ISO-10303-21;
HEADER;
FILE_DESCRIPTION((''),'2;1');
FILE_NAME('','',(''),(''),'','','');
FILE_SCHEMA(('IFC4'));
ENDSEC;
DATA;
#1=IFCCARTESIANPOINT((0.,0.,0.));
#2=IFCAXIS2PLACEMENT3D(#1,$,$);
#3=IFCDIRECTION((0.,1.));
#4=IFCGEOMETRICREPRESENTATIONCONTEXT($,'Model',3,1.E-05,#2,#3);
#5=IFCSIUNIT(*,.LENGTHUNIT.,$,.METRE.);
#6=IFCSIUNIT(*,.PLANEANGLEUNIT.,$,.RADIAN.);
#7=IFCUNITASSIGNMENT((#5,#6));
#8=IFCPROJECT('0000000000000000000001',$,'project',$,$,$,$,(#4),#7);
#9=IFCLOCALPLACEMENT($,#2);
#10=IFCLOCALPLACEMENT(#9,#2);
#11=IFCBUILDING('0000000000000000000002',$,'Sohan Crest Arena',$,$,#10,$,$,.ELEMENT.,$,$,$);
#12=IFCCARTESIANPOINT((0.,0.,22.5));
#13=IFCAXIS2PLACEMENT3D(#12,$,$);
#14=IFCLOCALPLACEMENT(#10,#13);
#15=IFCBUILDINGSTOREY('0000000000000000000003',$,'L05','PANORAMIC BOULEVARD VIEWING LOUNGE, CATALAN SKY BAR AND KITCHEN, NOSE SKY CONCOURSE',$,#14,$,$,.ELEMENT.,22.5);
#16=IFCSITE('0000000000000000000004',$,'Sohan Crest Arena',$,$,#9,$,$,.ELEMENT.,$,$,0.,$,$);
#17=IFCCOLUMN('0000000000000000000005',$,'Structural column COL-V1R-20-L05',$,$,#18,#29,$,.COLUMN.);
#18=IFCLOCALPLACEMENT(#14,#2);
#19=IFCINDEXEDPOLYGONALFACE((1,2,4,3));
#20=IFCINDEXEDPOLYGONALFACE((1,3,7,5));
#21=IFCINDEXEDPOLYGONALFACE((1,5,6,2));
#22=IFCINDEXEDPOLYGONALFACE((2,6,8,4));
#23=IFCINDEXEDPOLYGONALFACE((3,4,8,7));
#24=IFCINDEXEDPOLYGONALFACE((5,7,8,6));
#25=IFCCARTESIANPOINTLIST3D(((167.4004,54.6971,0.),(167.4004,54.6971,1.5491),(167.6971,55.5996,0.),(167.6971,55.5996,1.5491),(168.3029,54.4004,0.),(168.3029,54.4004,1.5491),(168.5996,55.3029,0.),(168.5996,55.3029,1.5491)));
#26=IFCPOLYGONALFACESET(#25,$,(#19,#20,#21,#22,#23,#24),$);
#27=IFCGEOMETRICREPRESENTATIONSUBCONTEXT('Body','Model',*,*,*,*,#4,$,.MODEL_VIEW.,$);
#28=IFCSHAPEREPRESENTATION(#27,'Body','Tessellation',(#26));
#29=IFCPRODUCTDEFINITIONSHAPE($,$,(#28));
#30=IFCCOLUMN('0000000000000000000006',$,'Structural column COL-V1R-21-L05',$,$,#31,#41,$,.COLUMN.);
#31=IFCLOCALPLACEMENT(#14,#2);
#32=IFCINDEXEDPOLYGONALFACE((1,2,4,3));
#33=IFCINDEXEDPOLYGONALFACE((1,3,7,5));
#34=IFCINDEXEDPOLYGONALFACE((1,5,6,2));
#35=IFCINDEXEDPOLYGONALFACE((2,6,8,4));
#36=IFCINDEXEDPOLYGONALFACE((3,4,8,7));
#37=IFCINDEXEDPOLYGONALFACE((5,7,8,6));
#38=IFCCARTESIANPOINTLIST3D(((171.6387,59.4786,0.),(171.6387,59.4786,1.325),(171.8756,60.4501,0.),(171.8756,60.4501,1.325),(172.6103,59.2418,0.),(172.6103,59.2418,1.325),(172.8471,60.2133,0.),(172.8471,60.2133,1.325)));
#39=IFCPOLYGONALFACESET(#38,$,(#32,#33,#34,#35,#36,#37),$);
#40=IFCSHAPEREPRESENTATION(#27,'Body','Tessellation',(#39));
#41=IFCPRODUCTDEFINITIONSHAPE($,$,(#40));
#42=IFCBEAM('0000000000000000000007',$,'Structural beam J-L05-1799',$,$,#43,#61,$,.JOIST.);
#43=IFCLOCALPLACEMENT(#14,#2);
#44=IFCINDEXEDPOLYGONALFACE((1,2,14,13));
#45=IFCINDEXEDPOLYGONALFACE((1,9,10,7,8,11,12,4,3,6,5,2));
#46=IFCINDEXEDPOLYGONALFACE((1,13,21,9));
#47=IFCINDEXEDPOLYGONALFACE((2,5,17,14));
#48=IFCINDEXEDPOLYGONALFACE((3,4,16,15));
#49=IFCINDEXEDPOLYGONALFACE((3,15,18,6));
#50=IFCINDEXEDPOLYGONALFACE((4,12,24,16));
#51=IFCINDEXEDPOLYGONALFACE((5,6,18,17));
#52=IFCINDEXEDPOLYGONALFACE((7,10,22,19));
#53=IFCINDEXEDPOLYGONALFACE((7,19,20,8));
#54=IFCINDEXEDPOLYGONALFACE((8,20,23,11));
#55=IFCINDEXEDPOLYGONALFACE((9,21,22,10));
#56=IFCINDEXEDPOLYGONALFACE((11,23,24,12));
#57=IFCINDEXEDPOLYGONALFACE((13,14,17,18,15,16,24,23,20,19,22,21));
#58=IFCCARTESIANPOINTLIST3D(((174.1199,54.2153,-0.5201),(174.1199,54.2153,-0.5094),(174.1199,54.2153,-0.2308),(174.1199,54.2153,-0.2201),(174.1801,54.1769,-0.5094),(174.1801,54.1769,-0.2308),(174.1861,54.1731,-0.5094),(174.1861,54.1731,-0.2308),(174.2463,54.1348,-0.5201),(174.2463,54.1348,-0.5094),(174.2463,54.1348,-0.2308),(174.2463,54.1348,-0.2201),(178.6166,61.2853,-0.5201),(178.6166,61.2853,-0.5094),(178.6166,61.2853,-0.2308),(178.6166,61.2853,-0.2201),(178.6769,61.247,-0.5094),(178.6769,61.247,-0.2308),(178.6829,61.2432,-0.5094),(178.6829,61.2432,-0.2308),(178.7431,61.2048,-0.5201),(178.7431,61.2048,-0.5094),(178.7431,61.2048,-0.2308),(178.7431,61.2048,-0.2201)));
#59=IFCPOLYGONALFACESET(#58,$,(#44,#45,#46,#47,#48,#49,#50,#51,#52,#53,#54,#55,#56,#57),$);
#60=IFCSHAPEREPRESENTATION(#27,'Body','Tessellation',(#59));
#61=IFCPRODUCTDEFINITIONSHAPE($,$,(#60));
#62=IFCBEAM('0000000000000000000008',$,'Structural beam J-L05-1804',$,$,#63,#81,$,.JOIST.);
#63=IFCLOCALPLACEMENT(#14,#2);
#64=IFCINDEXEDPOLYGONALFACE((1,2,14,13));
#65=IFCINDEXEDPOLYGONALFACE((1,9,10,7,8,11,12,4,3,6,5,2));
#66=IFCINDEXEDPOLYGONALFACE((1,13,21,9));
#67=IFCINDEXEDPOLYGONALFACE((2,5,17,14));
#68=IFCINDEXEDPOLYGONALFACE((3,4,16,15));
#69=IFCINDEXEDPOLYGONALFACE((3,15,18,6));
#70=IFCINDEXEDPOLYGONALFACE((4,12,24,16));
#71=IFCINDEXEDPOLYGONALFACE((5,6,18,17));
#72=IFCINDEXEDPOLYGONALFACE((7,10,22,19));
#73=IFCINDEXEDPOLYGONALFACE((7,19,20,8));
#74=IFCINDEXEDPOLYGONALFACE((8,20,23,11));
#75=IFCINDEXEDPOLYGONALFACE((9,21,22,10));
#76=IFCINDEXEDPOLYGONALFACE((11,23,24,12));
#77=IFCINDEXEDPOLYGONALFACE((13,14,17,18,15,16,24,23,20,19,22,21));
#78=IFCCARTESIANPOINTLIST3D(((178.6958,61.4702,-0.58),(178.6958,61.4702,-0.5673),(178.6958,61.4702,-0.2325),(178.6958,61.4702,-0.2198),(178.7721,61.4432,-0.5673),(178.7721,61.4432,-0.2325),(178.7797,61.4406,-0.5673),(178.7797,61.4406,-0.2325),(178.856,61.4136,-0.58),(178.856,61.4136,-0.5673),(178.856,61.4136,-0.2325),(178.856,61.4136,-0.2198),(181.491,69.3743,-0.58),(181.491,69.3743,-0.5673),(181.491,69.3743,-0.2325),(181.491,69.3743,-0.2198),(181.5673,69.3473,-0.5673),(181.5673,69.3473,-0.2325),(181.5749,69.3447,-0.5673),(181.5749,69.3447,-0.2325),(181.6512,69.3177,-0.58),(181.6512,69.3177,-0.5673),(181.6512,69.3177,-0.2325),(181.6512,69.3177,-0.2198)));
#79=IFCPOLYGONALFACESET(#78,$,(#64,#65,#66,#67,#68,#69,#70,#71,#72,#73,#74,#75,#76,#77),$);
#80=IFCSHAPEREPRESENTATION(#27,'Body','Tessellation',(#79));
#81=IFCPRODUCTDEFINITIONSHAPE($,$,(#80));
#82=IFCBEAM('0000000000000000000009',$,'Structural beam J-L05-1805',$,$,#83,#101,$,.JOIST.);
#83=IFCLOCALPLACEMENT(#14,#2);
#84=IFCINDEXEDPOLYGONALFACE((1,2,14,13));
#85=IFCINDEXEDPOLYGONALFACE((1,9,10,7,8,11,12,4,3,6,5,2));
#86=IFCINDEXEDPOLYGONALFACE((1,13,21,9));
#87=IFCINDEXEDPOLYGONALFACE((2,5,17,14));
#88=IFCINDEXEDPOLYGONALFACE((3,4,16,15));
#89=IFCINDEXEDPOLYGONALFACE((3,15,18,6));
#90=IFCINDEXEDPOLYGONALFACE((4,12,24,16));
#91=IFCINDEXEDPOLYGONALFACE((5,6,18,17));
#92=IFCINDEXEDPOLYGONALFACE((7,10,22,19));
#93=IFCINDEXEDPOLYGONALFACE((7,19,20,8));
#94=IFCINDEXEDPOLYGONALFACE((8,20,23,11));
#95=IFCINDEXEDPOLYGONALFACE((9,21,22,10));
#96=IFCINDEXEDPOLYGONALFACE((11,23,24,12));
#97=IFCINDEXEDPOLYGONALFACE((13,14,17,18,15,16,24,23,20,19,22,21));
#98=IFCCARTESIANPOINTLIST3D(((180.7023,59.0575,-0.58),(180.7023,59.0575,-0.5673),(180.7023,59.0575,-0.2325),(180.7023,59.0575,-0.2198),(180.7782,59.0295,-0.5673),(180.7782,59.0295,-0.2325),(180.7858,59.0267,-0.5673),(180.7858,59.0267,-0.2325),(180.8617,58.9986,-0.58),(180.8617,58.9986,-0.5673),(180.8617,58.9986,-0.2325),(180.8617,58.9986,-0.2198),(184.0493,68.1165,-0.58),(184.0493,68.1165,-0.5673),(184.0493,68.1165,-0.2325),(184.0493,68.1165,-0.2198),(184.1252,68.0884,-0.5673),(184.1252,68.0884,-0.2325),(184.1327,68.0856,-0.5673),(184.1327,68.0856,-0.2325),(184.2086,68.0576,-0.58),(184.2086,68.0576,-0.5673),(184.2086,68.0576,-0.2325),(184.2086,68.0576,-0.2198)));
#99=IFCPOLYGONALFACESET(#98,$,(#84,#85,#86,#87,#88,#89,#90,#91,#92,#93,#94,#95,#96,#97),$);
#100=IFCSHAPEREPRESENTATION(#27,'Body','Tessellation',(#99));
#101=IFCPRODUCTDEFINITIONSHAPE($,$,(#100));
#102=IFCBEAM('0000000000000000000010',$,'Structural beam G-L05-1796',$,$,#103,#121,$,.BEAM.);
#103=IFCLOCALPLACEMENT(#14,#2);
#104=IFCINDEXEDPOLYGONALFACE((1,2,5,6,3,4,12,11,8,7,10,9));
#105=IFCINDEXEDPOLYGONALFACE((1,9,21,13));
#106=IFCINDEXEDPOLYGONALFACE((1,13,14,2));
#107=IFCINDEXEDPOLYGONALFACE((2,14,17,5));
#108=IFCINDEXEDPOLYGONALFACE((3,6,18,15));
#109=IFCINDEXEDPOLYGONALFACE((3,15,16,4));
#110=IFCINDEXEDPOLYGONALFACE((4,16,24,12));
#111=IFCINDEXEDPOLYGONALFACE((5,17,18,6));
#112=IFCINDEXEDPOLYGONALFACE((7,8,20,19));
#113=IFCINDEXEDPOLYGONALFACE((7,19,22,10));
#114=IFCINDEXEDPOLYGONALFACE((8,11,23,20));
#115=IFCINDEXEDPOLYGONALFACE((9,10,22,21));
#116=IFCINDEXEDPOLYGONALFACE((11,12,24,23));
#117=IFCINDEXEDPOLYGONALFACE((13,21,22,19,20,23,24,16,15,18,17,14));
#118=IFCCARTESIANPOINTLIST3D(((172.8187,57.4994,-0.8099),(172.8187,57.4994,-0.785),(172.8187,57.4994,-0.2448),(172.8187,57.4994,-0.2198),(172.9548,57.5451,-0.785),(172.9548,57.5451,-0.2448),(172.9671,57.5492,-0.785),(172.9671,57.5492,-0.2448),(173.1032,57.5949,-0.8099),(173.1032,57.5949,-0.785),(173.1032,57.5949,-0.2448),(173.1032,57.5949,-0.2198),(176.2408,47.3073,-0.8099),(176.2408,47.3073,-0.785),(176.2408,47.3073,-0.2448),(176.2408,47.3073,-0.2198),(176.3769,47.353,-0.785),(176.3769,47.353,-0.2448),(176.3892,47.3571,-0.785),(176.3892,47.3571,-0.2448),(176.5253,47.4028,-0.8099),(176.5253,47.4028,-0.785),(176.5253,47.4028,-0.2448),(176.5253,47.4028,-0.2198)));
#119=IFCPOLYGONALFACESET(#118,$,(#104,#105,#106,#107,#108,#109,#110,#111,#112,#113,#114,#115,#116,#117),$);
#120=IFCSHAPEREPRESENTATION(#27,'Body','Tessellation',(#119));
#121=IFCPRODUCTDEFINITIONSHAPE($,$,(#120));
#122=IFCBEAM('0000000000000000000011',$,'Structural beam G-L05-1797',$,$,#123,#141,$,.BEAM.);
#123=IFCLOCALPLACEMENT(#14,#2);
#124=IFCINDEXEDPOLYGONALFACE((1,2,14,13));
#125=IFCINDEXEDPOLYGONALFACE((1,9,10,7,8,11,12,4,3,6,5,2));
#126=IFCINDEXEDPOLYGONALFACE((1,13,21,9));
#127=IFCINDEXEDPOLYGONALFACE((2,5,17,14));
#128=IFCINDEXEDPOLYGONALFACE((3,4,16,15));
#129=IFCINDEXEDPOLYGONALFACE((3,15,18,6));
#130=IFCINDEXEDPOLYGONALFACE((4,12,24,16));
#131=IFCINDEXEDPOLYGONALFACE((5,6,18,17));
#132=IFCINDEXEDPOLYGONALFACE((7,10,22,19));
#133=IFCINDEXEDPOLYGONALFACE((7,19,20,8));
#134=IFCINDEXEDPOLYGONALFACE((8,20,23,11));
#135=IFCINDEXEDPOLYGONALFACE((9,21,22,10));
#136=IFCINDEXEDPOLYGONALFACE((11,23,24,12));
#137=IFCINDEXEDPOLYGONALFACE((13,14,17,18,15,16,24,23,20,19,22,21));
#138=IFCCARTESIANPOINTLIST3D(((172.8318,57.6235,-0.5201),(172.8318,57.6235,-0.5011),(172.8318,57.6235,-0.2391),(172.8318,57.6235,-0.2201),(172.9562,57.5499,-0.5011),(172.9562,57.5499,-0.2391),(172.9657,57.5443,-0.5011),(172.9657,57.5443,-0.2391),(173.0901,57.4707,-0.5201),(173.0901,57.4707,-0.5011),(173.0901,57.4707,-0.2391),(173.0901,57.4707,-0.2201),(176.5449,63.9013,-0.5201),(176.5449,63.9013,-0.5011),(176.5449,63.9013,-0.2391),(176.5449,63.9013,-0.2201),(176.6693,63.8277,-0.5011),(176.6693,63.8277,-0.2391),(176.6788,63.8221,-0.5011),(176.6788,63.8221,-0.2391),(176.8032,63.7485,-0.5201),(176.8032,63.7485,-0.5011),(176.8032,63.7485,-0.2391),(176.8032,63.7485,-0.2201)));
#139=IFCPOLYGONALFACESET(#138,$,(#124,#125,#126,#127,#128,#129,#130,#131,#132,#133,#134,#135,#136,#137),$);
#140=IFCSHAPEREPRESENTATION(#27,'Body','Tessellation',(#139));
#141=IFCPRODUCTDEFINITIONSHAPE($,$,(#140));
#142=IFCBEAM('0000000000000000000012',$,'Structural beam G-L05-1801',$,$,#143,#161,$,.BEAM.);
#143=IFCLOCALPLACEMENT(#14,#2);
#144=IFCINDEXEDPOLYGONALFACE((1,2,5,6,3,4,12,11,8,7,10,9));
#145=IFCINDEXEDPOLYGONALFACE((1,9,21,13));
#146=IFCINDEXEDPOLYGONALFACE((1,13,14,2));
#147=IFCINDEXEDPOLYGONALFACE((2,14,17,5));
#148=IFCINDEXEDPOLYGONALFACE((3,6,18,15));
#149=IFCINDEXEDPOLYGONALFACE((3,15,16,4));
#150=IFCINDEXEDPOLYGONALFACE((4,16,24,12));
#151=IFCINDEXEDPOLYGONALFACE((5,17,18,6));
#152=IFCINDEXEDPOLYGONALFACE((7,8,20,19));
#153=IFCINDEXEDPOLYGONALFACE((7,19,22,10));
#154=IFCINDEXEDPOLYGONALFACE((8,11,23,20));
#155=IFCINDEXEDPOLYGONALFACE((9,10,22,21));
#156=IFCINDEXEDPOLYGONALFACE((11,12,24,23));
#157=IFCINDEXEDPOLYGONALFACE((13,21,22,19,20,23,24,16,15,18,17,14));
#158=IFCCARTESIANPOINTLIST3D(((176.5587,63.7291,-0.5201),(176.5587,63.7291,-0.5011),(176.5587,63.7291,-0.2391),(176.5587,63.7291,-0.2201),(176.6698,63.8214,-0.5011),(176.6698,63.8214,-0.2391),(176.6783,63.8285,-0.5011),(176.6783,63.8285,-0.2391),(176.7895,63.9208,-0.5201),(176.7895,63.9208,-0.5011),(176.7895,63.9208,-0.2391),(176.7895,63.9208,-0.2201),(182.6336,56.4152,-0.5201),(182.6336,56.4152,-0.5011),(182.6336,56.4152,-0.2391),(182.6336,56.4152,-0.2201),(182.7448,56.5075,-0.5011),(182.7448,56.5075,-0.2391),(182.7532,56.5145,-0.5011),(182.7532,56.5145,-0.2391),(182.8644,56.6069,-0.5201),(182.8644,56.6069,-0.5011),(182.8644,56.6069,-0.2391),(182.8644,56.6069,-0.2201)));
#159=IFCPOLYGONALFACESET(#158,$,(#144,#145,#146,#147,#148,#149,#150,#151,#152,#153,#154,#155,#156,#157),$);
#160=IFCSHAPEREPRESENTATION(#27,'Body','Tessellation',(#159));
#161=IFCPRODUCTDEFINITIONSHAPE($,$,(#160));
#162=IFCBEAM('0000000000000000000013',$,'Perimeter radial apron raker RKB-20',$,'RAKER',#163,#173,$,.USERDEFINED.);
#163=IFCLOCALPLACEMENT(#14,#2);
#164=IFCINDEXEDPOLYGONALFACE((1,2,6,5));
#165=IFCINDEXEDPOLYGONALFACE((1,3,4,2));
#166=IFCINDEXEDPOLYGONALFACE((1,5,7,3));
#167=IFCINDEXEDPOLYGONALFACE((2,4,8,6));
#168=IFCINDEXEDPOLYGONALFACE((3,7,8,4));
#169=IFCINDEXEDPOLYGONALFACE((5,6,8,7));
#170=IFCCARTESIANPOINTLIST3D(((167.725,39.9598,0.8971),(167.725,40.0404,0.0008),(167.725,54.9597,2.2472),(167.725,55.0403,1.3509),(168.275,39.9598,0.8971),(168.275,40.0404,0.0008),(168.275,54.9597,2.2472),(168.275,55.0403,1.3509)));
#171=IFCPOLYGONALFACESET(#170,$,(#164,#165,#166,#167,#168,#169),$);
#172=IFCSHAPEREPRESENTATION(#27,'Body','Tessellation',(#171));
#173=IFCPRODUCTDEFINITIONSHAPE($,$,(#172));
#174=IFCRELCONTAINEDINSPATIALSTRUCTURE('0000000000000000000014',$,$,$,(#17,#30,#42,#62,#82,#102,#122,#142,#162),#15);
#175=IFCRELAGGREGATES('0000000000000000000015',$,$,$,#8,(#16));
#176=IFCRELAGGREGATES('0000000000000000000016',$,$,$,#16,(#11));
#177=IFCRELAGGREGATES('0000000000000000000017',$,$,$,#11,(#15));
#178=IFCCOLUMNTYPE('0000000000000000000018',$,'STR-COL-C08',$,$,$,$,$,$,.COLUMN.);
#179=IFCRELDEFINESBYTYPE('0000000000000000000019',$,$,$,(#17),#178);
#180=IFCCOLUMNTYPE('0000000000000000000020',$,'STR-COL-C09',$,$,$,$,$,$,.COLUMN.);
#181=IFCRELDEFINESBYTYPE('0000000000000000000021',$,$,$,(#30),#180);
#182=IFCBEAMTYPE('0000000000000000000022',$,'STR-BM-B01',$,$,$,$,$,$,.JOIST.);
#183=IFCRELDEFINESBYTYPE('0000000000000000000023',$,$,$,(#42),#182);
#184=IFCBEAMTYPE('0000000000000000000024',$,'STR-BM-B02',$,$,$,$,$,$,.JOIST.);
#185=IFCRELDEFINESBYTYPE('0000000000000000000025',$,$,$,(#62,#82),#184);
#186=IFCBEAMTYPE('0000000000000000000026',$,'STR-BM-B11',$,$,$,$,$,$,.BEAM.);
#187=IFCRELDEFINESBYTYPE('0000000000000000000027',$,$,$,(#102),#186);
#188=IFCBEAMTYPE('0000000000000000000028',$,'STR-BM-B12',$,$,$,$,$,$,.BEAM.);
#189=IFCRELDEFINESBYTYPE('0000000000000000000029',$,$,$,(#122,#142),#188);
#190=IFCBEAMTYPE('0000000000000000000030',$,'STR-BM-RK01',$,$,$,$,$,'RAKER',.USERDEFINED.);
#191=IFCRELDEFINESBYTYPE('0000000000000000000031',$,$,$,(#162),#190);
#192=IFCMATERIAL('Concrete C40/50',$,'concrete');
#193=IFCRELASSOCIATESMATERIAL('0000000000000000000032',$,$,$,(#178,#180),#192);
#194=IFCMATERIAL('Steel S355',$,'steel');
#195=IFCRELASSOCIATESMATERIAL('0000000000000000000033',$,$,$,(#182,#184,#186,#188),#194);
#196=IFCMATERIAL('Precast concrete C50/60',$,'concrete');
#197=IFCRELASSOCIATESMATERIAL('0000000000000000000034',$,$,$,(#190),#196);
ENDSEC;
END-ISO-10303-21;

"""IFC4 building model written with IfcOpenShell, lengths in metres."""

from ifc_helpers import new_model, si_unit, direction, frame, origin, origin_2d, place, context, subcontext, project, spatial, rectangle, i_section, extrude, material, material_profile, profile_set, type_object, element, save


model = new_model("IFC4")

# Units and contexts
model_context = context("Model", 3, precision=1e-05, world=origin(), true_north=direction((0.0, 1.0)))
body_context = subcontext(model_context, "Body", "Model", "MODEL_VIEW")
ifc_project = project(units=[si_unit("LENGTHUNIT", "METRE"), si_unit("PLANEANGLEUNIT", "RADIAN")], contexts=[model_context])

# Site, building, storey
site_placement = place(None, origin())
site = spatial("IfcSite", under=ifc_project, at=site_placement, Name="Sohan Crest Arena", CompositionType="ELEMENT", RefElevation=0.0)
building_placement = place(site_placement, origin())
building = spatial("IfcBuilding", under=site, at=building_placement, Name="Sohan Crest Arena", CompositionType="ELEMENT")
storey_placement = place(building_placement, frame((0.0, 0.0, 22.5)))
storey = spatial("IfcBuildingStorey", under=building, at=storey_placement, Name="L05", Description="PANORAMIC BOULEVARD VIEWING LOUNGE, CATALAN SKY BAR AND KITCHEN, NOSE SKY CONCOURSE", CompositionType="ELEMENT", Elevation=22.5)

# Columns
ifc_material_1 = material(Name="Concrete C40/50", Category="concrete")
ifc_material_profile_1 = material_profile(ifc_material_1, rectangle(XDim=0.95, YDim=0.95, at=origin_2d()), Name="RC 950x950")
ifc_profile_set_1 = profile_set([ifc_material_profile_1], Name="Concrete C40/50")
column_type_1 = type_object("IfcColumnType", Name="STR-COL-C08", PredefinedType="COLUMN", material=ifc_profile_set_1)
column_1_placement = place(storey_placement, frame((168.0, 55.0, 0.0), z_axis=(0.0, 0.0, 1.0), x_axis=(-0.949972, 0.312335, 0.0)))
element("IfcColumn", 1, at=column_1_placement, inside=storey, type_object=column_type_1, Name="Structural column COL-V1R-20-L05", PredefinedType="COLUMN", context=body_context, shape_type="SweptSolid", body=[
    extrude(rectangle(XDim=0.95, YDim=0.95, at=origin_2d()), origin(), (0.0, 0.0, 1.0), 1.5491),
])
ifc_material_profile_2 = material_profile(ifc_material_1, rectangle(XDim=1.0, YDim=1.0, at=origin_2d()), Name="RC 1000x1000")
ifc_profile_set_2 = profile_set([ifc_material_profile_2], Name="Concrete C40/50")
column_type_2 = type_object("IfcColumnType", Name="STR-COL-C09", PredefinedType="COLUMN", material=ifc_profile_set_2)
column_2_placement = place(storey_placement, frame((172.2429, 59.8459, 0.0), z_axis=(0.0, 0.0, 1.0), x_axis=(-0.971549, 0.236838, 0.0)))
element("IfcColumn", 2, at=column_2_placement, inside=storey, type_object=column_type_2, Name="Structural column COL-V1R-21-L05", PredefinedType="COLUMN", context=body_context, shape_type="SweptSolid", body=[
    extrude(rectangle(XDim=1.0, YDim=1.0, at=origin_2d()), origin(), (0.0, 0.0, 1.0), 1.325),
])

# Beams
ifc_material_2 = material(Name="Steel S355", Category="steel")
ifc_material_profile_3 = material_profile(ifc_material_2, i_section(OverallWidth=0.1499, OverallDepth=0.3, WebThickness=0.0071, FlangeThickness=0.0107, at=origin_2d()), Name="IPE 300")
ifc_profile_set_3 = profile_set([ifc_material_profile_3], Name="Steel S355")
beam_type_1 = type_object("IfcBeamType", Name="STR-BM-B01", PredefinedType="JOIST", material=ifc_profile_set_3)
beam_1_placement = place(storey_placement, frame((174.1831, 54.175, -0.3701), z_axis=(0.536679, 0.843786, 0.0), x_axis=(-0.843786, 0.536679, 0.0)))
element("IfcBeam", 3, at=beam_1_placement, inside=storey, type_object=beam_type_1, Name="Structural beam J-L05-1799", PredefinedType="JOIST", context=body_context, shape_type="SweptSolid", body=[
    extrude(i_section(OverallWidth=0.1499, OverallDepth=0.3, WebThickness=0.0071, FlangeThickness=0.0107, at=origin_2d()), origin(), (0.0, 0.0, 1.0), 8.3789),
])
ifc_material_profile_4 = material_profile(ifc_material_2, i_section(OverallWidth=0.1699, OverallDepth=0.3601, WebThickness=0.0081, FlangeThickness=0.0127, at=origin_2d()), Name="IPE 360")
ifc_profile_set_4 = profile_set([ifc_material_profile_4], Name="Steel S355")
beam_type_2 = type_object("IfcBeamType", Name="STR-BM-B02", PredefinedType="JOIST", material=ifc_profile_set_4)
beam_2_placement = place(storey_placement, frame((178.7759, 61.4419, -0.3999), z_axis=(0.333403, 0.942784, 0.0), x_axis=(-0.942784, 0.333403, 0.0)))
element("IfcBeam", 4, at=beam_2_placement, inside=storey, type_object=beam_type_2, Name="Structural beam J-L05-1804", PredefinedType="JOIST", context=body_context, shape_type="SweptSolid", body=[
    extrude(i_section(OverallWidth=0.1699, OverallDepth=0.3601, WebThickness=0.0081, FlangeThickness=0.0127, at=origin_2d()), origin(), (0.0, 0.0, 1.0), 8.3838),
])
beam_3_placement = place(storey_placement, frame((180.782, 59.0281, -0.3999), z_axis=(0.346567, 0.938025, 0.0), x_axis=(-0.938025, 0.346567, 0.0)))
element("IfcBeam", 5, at=beam_3_placement, inside=storey, type_object=beam_type_2, Name="Structural beam J-L05-1805", PredefinedType="JOIST", context=body_context, shape_type="SweptSolid", body=[
    extrude(i_section(OverallWidth=0.1699, OverallDepth=0.3601, WebThickness=0.0081, FlangeThickness=0.0127, at=origin_2d()), origin(), (0.0, 0.0, 1.0), 9.6575),
])
ifc_material_profile_5 = material_profile(ifc_material_2, i_section(OverallWidth=0.3, OverallDepth=0.5901, WebThickness=0.0129, FlangeThickness=0.0249, at=origin_2d()), Name="HEA 600")
ifc_profile_set_5 = profile_set([ifc_material_profile_5], Name="Steel S355")
beam_type_3 = type_object("IfcBeamType", Name="STR-BM-B11", PredefinedType="BEAM", material=ifc_profile_set_5)
beam_4_placement = place(storey_placement, frame((172.9609, 57.5471, -0.5149), z_axis=(0.318298, -0.947991, 0.0), x_axis=(0.947991, 0.318298, 0.0)))
element("IfcBeam", 6, at=beam_4_placement, inside=storey, type_object=beam_type_3, Name="Structural beam G-L05-1796", PredefinedType="BEAM", context=body_context, shape_type="SweptSolid", body=[
    extrude(i_section(OverallWidth=0.3, OverallDepth=0.5901, WebThickness=0.0129, FlangeThickness=0.0249, at=origin_2d()), origin(), (0.0, 0.0, 1.0), 10.7512),
])
ifc_material_profile_6 = material_profile(ifc_material_2, i_section(OverallWidth=0.3, OverallDepth=0.3, WebThickness=0.011, FlangeThickness=0.019, at=origin_2d()), Name="HEB 300")
ifc_profile_set_6 = profile_set([ifc_material_profile_6], Name="Steel S355")
beam_type_4 = type_object("IfcBeamType", Name="STR-BM-B12", PredefinedType="BEAM", material=ifc_profile_set_6)
beam_5_placement = place(storey_placement, frame((172.9609, 57.5471, -0.3701), z_axis=(0.509086, 0.860716, 0.0), x_axis=(-0.860716, 0.509086, 0.0)))
element("IfcBeam", 7, at=beam_5_placement, inside=storey, type_object=beam_type_4, Name="Structural beam G-L05-1797", PredefinedType="BEAM", context=body_context, shape_type="SweptSolid", body=[
    extrude(i_section(OverallWidth=0.3, OverallDepth=0.3, WebThickness=0.011, FlangeThickness=0.019, at=origin_2d()), origin(), (0.0, 0.0, 1.0), 7.2937),
])
beam_6_placement = place(storey_placement, frame((176.6741, 63.825, -0.3701), z_axis=(0.638941, -0.769256, 0.0), x_axis=(0.769256, 0.638941, 0.0)))
element("IfcBeam", 8, at=beam_6_placement, inside=storey, type_object=beam_type_4, Name="Structural beam G-L05-1801", PredefinedType="BEAM", context=body_context, shape_type="SweptSolid", body=[
    extrude(i_section(OverallWidth=0.3, OverallDepth=0.3, WebThickness=0.011, FlangeThickness=0.019, at=origin_2d()), origin(), (0.0, 0.0, 1.0), 9.5078),
])
ifc_material_3 = material(Name="Precast concrete C50/60", Category="concrete")
ifc_material_profile_7 = material_profile(ifc_material_3, rectangle(XDim=0.55, YDim=0.8999, at=origin_2d()), Name="RAKER 550x900")
ifc_profile_set_7 = profile_set([ifc_material_profile_7], Name="Precast concrete C50/60")
beam_type_5 = type_object("IfcBeamType", Name="STR-BM-RK01", ElementType="RAKER", PredefinedType="USERDEFINED", material=ifc_profile_set_7)
beam_7_placement = place(storey_placement, frame((168.0, 55.0, 1.7991), z_axis=(0.0, -0.995974, -0.089644), x_axis=(1.0, 0.0, 0.0)))
element("IfcBeam", 9, at=beam_7_placement, inside=storey, type_object=beam_type_5, Name="Perimeter radial apron raker RKB-20", ObjectType="RAKER", PredefinedType="USERDEFINED", context=body_context, shape_type="SweptSolid", body=[
    extrude(rectangle(XDim=0.55, YDim=0.8999, at=origin_2d()), origin(), (0.0, 0.0, 1.0), 15.0605),
])

save(model, "model.ifc")
